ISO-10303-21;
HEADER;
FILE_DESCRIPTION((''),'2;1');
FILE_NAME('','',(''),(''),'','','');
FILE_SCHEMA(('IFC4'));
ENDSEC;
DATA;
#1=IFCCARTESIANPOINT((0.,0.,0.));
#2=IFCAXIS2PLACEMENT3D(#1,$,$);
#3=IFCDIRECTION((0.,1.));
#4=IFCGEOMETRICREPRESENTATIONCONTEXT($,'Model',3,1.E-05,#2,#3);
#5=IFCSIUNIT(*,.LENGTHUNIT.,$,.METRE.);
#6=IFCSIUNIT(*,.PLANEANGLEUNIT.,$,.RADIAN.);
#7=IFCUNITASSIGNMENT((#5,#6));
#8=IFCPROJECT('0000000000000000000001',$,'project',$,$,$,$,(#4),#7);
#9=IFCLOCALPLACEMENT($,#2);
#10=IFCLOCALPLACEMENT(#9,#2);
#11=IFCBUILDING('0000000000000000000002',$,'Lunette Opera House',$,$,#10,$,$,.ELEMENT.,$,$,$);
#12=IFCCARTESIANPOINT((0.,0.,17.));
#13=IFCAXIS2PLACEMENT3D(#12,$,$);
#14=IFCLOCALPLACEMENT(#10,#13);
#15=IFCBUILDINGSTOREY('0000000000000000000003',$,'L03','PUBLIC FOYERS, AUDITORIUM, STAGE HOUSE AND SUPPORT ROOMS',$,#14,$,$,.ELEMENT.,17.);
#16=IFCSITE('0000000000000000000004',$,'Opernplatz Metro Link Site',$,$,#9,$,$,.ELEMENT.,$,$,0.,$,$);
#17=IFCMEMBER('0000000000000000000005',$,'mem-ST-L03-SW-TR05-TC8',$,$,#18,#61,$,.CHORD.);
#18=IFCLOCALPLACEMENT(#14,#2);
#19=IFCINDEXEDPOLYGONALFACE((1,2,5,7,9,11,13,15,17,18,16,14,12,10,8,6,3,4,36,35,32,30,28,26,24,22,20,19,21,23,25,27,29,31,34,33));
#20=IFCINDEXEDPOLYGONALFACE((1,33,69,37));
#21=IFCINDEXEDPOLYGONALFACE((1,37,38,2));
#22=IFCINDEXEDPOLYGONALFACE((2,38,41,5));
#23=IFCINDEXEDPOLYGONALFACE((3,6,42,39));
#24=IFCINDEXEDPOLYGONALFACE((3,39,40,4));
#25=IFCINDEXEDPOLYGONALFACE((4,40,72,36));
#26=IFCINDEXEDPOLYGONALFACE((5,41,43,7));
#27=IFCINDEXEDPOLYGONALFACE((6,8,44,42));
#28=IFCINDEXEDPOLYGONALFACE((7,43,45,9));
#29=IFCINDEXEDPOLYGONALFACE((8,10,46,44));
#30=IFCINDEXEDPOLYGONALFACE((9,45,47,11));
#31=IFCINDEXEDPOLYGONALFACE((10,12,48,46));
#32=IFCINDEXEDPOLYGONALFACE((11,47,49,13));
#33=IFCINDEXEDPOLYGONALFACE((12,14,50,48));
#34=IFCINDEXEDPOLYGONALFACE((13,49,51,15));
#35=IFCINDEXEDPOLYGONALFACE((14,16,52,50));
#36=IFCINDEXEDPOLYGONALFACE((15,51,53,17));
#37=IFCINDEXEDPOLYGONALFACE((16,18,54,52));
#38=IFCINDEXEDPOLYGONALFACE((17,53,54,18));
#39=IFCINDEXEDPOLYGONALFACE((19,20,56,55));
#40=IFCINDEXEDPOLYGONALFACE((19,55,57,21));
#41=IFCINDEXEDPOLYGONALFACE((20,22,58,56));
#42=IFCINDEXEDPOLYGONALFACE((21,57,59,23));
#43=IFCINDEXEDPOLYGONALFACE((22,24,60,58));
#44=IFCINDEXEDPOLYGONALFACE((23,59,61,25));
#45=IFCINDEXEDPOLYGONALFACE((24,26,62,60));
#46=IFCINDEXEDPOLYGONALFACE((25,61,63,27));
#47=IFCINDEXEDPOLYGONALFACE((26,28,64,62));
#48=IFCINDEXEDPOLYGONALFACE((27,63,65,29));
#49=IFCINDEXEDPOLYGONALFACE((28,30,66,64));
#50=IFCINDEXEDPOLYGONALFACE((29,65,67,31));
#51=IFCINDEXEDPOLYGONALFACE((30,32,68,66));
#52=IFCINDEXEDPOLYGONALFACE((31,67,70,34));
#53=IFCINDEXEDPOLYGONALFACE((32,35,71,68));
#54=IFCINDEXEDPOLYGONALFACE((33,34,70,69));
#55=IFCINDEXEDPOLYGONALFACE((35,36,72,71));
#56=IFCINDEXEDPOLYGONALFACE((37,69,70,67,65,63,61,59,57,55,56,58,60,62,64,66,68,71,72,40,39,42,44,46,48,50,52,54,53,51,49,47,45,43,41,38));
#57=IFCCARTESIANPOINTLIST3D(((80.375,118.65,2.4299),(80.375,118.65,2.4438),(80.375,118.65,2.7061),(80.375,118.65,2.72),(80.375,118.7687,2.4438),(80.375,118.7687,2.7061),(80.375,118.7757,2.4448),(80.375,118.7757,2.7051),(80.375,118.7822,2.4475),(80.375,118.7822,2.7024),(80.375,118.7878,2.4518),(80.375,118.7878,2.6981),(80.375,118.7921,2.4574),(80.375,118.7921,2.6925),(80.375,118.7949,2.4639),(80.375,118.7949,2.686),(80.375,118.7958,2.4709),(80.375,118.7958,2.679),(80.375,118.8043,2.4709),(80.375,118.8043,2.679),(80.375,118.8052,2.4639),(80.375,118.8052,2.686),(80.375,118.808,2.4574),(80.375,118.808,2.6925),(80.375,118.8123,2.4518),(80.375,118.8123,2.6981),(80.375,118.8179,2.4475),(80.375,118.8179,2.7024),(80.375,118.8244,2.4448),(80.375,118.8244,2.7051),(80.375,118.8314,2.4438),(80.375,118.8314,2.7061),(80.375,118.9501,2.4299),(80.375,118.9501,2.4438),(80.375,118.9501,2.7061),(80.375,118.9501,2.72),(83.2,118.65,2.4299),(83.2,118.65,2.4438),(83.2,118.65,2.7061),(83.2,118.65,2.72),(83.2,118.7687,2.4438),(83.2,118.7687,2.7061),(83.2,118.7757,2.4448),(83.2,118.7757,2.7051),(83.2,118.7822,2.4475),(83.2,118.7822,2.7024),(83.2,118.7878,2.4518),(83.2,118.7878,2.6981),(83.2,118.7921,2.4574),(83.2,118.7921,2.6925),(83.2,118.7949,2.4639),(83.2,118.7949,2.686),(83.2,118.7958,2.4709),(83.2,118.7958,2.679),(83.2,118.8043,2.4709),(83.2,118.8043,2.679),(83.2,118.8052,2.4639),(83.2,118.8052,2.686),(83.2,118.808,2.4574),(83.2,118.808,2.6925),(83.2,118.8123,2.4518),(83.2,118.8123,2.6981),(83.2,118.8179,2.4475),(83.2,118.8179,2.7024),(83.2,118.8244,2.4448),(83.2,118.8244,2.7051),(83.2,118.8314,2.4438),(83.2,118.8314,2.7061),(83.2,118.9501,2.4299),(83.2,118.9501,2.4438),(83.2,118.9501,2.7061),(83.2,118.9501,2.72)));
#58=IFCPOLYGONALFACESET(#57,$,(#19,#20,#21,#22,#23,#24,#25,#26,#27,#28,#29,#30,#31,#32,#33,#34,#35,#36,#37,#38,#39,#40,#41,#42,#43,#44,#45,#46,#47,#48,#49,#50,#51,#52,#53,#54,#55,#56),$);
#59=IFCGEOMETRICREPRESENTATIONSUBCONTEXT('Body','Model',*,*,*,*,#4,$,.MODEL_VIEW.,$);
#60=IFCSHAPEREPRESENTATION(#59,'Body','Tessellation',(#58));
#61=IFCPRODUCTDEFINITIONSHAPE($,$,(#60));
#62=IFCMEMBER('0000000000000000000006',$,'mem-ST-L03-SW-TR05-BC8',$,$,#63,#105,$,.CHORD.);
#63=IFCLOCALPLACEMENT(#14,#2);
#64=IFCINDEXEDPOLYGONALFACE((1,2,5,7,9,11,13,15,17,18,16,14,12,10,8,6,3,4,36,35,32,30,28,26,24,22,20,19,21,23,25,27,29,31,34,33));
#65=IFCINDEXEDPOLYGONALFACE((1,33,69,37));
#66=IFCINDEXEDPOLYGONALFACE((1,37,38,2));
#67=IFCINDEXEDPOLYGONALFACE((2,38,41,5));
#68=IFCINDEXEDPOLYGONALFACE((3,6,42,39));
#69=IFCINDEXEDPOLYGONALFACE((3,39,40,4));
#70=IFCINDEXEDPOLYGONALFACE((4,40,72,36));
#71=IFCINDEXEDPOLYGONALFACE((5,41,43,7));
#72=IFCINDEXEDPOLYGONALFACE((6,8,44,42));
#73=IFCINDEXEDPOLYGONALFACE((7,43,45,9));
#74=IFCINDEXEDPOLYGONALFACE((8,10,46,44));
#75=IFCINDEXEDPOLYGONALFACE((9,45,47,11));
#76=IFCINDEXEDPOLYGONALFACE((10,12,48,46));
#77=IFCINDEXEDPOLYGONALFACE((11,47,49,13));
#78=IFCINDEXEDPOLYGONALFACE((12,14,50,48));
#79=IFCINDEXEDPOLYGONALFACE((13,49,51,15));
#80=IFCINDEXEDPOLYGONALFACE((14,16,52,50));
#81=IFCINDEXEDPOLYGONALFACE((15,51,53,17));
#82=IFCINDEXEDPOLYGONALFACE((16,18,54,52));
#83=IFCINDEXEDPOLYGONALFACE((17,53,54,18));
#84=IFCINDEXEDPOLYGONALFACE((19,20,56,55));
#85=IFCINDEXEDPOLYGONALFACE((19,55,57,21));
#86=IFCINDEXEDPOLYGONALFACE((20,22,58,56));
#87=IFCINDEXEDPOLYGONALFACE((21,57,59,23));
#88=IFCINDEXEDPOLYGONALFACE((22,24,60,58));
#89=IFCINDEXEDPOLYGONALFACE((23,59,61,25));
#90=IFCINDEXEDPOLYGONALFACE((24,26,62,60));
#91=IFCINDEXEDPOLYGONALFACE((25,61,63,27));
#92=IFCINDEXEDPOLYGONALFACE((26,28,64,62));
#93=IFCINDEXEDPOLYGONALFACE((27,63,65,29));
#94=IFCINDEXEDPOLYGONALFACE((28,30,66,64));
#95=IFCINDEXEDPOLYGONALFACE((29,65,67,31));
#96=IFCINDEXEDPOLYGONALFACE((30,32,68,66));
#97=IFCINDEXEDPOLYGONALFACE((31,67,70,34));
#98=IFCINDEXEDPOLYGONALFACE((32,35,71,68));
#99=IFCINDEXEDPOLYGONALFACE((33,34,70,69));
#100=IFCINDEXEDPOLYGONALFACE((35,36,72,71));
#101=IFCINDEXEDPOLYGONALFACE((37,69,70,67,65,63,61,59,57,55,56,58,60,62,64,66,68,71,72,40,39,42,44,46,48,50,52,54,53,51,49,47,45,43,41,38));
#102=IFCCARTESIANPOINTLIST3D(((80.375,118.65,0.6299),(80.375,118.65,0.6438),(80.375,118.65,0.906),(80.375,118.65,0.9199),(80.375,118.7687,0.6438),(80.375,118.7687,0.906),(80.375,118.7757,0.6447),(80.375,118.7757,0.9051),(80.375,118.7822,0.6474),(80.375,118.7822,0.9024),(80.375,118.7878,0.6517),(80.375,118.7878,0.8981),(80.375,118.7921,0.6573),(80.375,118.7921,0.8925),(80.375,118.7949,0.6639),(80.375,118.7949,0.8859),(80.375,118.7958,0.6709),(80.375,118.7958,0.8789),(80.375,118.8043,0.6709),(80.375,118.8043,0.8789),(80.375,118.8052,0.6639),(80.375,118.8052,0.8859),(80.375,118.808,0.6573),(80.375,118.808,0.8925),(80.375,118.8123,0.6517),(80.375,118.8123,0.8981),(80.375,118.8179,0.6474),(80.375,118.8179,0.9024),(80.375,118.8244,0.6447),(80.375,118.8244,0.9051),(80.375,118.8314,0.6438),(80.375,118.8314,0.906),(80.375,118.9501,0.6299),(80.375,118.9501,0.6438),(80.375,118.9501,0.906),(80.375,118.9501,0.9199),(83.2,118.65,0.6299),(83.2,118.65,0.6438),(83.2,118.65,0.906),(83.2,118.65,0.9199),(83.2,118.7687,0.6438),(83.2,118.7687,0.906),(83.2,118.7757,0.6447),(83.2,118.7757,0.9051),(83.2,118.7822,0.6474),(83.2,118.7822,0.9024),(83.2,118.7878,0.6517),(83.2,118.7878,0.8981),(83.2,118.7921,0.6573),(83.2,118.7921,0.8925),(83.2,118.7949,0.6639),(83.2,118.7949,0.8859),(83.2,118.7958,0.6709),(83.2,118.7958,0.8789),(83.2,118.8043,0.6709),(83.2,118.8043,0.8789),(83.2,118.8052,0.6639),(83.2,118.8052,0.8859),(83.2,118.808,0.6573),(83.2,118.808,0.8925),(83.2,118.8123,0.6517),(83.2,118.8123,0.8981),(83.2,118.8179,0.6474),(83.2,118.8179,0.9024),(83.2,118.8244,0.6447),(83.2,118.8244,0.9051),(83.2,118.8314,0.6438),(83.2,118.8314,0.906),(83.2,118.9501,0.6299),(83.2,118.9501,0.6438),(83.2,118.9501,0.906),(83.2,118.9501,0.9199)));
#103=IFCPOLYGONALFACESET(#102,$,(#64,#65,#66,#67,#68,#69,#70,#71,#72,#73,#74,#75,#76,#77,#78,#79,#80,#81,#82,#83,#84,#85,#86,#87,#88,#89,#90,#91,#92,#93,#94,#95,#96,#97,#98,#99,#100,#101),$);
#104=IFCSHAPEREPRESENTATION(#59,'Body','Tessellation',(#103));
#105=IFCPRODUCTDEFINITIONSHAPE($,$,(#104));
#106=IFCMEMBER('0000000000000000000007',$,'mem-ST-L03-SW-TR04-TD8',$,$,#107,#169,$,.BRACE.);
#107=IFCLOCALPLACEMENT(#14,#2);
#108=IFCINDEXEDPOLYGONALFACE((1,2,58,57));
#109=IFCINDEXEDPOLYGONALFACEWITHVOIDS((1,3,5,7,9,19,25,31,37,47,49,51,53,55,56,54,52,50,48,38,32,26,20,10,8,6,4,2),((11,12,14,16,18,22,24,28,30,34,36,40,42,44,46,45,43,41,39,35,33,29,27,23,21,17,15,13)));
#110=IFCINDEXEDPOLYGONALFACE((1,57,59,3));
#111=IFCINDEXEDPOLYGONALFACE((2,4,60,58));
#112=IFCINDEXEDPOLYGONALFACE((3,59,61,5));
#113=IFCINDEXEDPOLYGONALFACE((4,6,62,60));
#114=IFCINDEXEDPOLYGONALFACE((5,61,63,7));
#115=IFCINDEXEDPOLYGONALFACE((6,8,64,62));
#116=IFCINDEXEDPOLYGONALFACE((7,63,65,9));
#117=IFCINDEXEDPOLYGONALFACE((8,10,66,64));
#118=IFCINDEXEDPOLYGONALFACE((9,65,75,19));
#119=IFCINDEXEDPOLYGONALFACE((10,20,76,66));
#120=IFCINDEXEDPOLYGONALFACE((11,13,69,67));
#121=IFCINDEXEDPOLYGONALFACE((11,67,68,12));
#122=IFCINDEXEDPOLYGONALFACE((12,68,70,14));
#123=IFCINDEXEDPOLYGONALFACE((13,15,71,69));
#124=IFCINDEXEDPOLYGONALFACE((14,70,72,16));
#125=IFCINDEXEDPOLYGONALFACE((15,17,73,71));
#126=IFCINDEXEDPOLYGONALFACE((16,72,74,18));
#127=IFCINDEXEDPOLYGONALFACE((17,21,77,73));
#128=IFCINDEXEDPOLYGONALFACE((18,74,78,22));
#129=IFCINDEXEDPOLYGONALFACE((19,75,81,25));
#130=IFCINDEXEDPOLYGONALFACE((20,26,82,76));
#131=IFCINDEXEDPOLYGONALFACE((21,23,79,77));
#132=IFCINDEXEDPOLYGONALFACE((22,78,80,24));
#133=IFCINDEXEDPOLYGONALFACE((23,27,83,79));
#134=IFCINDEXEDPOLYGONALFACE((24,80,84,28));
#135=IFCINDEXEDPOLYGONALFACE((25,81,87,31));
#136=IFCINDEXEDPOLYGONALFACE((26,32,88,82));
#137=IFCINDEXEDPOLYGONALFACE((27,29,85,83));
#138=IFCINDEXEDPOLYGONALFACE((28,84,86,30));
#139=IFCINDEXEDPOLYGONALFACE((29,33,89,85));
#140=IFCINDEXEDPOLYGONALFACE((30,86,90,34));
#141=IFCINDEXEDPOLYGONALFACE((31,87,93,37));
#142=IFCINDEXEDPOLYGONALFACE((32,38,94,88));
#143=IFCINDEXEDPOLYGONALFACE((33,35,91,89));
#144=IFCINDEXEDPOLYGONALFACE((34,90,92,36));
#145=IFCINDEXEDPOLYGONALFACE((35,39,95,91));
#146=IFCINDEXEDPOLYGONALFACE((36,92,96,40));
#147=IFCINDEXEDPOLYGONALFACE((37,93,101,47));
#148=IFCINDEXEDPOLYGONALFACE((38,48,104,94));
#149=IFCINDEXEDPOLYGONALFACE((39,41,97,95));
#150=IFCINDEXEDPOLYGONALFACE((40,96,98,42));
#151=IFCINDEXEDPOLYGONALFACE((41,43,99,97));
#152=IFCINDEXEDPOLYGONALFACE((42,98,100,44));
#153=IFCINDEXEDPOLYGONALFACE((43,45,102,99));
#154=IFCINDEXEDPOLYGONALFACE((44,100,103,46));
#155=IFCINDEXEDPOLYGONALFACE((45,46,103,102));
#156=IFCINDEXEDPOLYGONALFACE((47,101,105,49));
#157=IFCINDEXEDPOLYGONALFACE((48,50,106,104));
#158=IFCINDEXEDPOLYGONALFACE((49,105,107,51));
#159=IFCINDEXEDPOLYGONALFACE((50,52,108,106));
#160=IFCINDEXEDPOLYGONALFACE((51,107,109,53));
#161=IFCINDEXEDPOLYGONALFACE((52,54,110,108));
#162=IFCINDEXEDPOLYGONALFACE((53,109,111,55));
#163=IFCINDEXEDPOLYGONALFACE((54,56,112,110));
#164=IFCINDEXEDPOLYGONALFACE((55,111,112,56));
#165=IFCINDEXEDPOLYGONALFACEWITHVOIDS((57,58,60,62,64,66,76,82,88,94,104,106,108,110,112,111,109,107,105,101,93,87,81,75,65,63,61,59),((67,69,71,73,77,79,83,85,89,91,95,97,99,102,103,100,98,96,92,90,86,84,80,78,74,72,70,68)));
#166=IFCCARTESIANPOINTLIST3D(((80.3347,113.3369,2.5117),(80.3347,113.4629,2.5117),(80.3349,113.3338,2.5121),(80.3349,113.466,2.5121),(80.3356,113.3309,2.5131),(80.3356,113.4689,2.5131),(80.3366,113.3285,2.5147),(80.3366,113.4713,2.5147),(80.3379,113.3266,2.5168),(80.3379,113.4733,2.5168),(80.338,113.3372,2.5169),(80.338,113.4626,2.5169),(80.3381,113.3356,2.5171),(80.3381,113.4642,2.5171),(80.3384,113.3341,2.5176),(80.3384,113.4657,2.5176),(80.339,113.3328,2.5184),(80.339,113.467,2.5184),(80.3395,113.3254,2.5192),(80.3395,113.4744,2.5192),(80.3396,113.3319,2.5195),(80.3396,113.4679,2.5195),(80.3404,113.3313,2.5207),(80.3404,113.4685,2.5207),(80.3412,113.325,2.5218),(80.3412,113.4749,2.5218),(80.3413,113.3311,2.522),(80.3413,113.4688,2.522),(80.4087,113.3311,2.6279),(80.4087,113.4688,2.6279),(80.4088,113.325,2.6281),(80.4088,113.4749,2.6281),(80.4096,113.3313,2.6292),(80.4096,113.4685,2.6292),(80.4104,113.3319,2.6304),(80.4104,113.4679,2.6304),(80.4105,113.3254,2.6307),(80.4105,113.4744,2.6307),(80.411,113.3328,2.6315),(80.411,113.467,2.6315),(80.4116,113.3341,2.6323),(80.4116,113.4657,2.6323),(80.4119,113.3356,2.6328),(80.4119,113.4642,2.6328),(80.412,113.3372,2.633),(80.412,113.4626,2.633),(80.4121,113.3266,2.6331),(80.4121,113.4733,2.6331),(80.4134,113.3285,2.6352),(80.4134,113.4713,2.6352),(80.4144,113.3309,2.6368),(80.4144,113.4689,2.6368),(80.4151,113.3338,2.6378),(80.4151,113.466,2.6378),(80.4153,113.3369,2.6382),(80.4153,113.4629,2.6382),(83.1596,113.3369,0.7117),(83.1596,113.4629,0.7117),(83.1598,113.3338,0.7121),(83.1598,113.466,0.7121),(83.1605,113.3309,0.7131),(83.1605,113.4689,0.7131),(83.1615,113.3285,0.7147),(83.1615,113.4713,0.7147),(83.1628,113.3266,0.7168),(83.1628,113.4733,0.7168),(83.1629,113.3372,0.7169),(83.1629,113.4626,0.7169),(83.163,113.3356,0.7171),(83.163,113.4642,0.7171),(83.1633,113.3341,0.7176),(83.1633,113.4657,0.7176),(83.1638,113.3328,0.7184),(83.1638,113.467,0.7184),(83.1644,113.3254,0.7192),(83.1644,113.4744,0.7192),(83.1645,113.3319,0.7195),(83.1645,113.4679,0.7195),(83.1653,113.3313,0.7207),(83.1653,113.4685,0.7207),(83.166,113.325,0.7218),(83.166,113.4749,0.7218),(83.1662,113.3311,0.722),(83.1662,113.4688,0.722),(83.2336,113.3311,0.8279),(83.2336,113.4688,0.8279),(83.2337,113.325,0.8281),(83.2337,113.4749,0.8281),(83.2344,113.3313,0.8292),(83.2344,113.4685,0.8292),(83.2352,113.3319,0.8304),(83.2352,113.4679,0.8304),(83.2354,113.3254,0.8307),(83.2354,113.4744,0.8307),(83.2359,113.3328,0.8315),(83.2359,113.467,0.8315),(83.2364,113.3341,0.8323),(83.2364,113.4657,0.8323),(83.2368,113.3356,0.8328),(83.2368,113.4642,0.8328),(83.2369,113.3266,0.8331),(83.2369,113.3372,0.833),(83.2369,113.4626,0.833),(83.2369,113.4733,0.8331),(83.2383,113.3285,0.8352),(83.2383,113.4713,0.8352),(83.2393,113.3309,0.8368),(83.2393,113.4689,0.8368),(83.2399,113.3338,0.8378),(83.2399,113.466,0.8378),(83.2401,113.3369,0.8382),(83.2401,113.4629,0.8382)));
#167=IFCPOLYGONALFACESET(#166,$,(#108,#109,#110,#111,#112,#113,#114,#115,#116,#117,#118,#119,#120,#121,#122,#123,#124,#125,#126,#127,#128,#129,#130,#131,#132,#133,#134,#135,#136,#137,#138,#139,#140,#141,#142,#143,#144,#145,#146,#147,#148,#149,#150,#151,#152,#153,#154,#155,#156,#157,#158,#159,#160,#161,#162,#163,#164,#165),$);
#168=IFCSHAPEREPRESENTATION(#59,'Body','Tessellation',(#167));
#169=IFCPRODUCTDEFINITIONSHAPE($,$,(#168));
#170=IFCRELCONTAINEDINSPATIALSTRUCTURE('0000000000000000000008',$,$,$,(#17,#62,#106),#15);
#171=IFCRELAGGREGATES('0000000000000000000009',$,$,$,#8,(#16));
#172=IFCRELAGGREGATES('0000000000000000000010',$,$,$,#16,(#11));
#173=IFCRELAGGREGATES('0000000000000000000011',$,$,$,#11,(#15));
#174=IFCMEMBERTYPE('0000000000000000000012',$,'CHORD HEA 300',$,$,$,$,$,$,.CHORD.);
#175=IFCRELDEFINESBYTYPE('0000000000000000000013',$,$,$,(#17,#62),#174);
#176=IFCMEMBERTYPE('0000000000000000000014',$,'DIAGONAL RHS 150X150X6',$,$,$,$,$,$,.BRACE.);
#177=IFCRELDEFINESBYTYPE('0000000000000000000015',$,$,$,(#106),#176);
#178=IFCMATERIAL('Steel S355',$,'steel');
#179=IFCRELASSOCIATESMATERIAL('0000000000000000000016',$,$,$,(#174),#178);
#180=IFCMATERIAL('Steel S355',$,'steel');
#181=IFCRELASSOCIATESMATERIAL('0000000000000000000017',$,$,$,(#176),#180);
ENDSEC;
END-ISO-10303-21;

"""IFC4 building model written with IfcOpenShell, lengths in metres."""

from ifc_helpers import new_model, si_unit, direction, frame, origin, origin_2d, place, context, subcontext, project, spatial, hollow_rectangle, i_section, extrude, material, material_profile, profile_set, type_object, element, save


model = new_model("IFC4")

# Units and contexts
model_context = context("Model", 3, precision=1e-05, world=origin(), true_north=direction((0.0, 1.0)))
body_context = subcontext(model_context, "Body", "Model", "MODEL_VIEW")
ifc_project = project(units=[si_unit("LENGTHUNIT", "METRE"), si_unit("PLANEANGLEUNIT", "RADIAN")], contexts=[model_context])

# Site, building, storey
site_placement = place(None, origin())
site = spatial("IfcSite", under=ifc_project, at=site_placement, Name="Opernplatz Metro Link Site", CompositionType="ELEMENT", RefElevation=0.0)
building_placement = place(site_placement, origin())
building = spatial("IfcBuilding", under=site, at=building_placement, Name="Lunette Opera House", CompositionType="ELEMENT")
storey_placement = place(building_placement, frame((0.0, 0.0, 17.0)))
storey = spatial("IfcBuildingStorey", under=building, at=storey_placement, Name="L03", Description="PUBLIC FOYERS, AUDITORIUM, STAGE HOUSE AND SUPPORT ROOMS", CompositionType="ELEMENT", Elevation=17.0)

# Members
ifc_material_1 = material(Name="Steel S355", Category="steel")
ifc_material_profile_1 = material_profile(ifc_material_1, i_section(OverallWidth=0.3, OverallDepth=0.29, WebThickness=0.0085, FlangeThickness=0.0139, FilletRadius=0.0271, at=origin_2d()), Name="HEA 300")
ifc_profile_set_1 = profile_set([ifc_material_profile_1], Name="Steel S355")
member_type_1 = type_object("IfcMemberType", Name="CHORD HEA 300", PredefinedType="CHORD", material=ifc_profile_set_1)
for number, where, z_axis, x_axis, name in (
    (1, (80.375, 118.8, 2.575), (1.0, 0.0, 0.0), (0.0, 1.0, 0.0), "mem-ST-L03-SW-TR05-TC8"),
    (2, (80.375, 118.8, 0.7749), (1.0, 0.0, 0.0), (0.0, 1.0, 0.0), "mem-ST-L03-SW-TR05-BC8"),
):
    element("IfcMember", number, at=place(storey_placement, frame(where, z_axis=z_axis, x_axis=x_axis)), inside=storey, type_object=member_type_1, Name=name, PredefinedType="CHORD", context=body_context, shape_type="SweptSolid", body=[
        extrude(i_section(OverallWidth=0.3, OverallDepth=0.29, WebThickness=0.0085, FlangeThickness=0.0139, FilletRadius=0.0271, at=origin_2d()), origin(), (0.0, 0.0, 1.0), 2.825),
    ])
ifc_material_2 = material(Name="Steel S355", Category="steel")
ifc_material_profile_2 = material_profile(ifc_material_2, hollow_rectangle(XDim=0.1499, YDim=0.1499, WallThickness=0.0061, InnerFilletRadius=0.0061, OuterFilletRadius=0.012, at=origin_2d()), Name="RHS 150X150X6")
ifc_profile_set_2 = profile_set([ifc_material_profile_2], Name="Steel S355")
member_type_2 = type_object("IfcMemberType", Name="DIAGONAL RHS 150X150X6", PredefinedType="BRACE", material=ifc_profile_set_2)
member_1_placement = place(storey_placement, frame((80.375, 113.3999, 2.575), z_axis=(0.843343, 0.0, -0.537375), x_axis=(0.0, 1.0, 0.0)))
element("IfcMember", 3, at=member_1_placement, inside=storey, type_object=member_type_2, Name="mem-ST-L03-SW-TR04-TD8", PredefinedType="BRACE", context=body_context, shape_type="SweptSolid", body=[
    extrude(hollow_rectangle(XDim=0.1499, YDim=0.1499, WallThickness=0.0061, InnerFilletRadius=0.0061, OuterFilletRadius=0.012, at=origin_2d()), origin(), (0.0, 0.0, 1.0), 3.3496),
])

save(model, "model.ifc")
